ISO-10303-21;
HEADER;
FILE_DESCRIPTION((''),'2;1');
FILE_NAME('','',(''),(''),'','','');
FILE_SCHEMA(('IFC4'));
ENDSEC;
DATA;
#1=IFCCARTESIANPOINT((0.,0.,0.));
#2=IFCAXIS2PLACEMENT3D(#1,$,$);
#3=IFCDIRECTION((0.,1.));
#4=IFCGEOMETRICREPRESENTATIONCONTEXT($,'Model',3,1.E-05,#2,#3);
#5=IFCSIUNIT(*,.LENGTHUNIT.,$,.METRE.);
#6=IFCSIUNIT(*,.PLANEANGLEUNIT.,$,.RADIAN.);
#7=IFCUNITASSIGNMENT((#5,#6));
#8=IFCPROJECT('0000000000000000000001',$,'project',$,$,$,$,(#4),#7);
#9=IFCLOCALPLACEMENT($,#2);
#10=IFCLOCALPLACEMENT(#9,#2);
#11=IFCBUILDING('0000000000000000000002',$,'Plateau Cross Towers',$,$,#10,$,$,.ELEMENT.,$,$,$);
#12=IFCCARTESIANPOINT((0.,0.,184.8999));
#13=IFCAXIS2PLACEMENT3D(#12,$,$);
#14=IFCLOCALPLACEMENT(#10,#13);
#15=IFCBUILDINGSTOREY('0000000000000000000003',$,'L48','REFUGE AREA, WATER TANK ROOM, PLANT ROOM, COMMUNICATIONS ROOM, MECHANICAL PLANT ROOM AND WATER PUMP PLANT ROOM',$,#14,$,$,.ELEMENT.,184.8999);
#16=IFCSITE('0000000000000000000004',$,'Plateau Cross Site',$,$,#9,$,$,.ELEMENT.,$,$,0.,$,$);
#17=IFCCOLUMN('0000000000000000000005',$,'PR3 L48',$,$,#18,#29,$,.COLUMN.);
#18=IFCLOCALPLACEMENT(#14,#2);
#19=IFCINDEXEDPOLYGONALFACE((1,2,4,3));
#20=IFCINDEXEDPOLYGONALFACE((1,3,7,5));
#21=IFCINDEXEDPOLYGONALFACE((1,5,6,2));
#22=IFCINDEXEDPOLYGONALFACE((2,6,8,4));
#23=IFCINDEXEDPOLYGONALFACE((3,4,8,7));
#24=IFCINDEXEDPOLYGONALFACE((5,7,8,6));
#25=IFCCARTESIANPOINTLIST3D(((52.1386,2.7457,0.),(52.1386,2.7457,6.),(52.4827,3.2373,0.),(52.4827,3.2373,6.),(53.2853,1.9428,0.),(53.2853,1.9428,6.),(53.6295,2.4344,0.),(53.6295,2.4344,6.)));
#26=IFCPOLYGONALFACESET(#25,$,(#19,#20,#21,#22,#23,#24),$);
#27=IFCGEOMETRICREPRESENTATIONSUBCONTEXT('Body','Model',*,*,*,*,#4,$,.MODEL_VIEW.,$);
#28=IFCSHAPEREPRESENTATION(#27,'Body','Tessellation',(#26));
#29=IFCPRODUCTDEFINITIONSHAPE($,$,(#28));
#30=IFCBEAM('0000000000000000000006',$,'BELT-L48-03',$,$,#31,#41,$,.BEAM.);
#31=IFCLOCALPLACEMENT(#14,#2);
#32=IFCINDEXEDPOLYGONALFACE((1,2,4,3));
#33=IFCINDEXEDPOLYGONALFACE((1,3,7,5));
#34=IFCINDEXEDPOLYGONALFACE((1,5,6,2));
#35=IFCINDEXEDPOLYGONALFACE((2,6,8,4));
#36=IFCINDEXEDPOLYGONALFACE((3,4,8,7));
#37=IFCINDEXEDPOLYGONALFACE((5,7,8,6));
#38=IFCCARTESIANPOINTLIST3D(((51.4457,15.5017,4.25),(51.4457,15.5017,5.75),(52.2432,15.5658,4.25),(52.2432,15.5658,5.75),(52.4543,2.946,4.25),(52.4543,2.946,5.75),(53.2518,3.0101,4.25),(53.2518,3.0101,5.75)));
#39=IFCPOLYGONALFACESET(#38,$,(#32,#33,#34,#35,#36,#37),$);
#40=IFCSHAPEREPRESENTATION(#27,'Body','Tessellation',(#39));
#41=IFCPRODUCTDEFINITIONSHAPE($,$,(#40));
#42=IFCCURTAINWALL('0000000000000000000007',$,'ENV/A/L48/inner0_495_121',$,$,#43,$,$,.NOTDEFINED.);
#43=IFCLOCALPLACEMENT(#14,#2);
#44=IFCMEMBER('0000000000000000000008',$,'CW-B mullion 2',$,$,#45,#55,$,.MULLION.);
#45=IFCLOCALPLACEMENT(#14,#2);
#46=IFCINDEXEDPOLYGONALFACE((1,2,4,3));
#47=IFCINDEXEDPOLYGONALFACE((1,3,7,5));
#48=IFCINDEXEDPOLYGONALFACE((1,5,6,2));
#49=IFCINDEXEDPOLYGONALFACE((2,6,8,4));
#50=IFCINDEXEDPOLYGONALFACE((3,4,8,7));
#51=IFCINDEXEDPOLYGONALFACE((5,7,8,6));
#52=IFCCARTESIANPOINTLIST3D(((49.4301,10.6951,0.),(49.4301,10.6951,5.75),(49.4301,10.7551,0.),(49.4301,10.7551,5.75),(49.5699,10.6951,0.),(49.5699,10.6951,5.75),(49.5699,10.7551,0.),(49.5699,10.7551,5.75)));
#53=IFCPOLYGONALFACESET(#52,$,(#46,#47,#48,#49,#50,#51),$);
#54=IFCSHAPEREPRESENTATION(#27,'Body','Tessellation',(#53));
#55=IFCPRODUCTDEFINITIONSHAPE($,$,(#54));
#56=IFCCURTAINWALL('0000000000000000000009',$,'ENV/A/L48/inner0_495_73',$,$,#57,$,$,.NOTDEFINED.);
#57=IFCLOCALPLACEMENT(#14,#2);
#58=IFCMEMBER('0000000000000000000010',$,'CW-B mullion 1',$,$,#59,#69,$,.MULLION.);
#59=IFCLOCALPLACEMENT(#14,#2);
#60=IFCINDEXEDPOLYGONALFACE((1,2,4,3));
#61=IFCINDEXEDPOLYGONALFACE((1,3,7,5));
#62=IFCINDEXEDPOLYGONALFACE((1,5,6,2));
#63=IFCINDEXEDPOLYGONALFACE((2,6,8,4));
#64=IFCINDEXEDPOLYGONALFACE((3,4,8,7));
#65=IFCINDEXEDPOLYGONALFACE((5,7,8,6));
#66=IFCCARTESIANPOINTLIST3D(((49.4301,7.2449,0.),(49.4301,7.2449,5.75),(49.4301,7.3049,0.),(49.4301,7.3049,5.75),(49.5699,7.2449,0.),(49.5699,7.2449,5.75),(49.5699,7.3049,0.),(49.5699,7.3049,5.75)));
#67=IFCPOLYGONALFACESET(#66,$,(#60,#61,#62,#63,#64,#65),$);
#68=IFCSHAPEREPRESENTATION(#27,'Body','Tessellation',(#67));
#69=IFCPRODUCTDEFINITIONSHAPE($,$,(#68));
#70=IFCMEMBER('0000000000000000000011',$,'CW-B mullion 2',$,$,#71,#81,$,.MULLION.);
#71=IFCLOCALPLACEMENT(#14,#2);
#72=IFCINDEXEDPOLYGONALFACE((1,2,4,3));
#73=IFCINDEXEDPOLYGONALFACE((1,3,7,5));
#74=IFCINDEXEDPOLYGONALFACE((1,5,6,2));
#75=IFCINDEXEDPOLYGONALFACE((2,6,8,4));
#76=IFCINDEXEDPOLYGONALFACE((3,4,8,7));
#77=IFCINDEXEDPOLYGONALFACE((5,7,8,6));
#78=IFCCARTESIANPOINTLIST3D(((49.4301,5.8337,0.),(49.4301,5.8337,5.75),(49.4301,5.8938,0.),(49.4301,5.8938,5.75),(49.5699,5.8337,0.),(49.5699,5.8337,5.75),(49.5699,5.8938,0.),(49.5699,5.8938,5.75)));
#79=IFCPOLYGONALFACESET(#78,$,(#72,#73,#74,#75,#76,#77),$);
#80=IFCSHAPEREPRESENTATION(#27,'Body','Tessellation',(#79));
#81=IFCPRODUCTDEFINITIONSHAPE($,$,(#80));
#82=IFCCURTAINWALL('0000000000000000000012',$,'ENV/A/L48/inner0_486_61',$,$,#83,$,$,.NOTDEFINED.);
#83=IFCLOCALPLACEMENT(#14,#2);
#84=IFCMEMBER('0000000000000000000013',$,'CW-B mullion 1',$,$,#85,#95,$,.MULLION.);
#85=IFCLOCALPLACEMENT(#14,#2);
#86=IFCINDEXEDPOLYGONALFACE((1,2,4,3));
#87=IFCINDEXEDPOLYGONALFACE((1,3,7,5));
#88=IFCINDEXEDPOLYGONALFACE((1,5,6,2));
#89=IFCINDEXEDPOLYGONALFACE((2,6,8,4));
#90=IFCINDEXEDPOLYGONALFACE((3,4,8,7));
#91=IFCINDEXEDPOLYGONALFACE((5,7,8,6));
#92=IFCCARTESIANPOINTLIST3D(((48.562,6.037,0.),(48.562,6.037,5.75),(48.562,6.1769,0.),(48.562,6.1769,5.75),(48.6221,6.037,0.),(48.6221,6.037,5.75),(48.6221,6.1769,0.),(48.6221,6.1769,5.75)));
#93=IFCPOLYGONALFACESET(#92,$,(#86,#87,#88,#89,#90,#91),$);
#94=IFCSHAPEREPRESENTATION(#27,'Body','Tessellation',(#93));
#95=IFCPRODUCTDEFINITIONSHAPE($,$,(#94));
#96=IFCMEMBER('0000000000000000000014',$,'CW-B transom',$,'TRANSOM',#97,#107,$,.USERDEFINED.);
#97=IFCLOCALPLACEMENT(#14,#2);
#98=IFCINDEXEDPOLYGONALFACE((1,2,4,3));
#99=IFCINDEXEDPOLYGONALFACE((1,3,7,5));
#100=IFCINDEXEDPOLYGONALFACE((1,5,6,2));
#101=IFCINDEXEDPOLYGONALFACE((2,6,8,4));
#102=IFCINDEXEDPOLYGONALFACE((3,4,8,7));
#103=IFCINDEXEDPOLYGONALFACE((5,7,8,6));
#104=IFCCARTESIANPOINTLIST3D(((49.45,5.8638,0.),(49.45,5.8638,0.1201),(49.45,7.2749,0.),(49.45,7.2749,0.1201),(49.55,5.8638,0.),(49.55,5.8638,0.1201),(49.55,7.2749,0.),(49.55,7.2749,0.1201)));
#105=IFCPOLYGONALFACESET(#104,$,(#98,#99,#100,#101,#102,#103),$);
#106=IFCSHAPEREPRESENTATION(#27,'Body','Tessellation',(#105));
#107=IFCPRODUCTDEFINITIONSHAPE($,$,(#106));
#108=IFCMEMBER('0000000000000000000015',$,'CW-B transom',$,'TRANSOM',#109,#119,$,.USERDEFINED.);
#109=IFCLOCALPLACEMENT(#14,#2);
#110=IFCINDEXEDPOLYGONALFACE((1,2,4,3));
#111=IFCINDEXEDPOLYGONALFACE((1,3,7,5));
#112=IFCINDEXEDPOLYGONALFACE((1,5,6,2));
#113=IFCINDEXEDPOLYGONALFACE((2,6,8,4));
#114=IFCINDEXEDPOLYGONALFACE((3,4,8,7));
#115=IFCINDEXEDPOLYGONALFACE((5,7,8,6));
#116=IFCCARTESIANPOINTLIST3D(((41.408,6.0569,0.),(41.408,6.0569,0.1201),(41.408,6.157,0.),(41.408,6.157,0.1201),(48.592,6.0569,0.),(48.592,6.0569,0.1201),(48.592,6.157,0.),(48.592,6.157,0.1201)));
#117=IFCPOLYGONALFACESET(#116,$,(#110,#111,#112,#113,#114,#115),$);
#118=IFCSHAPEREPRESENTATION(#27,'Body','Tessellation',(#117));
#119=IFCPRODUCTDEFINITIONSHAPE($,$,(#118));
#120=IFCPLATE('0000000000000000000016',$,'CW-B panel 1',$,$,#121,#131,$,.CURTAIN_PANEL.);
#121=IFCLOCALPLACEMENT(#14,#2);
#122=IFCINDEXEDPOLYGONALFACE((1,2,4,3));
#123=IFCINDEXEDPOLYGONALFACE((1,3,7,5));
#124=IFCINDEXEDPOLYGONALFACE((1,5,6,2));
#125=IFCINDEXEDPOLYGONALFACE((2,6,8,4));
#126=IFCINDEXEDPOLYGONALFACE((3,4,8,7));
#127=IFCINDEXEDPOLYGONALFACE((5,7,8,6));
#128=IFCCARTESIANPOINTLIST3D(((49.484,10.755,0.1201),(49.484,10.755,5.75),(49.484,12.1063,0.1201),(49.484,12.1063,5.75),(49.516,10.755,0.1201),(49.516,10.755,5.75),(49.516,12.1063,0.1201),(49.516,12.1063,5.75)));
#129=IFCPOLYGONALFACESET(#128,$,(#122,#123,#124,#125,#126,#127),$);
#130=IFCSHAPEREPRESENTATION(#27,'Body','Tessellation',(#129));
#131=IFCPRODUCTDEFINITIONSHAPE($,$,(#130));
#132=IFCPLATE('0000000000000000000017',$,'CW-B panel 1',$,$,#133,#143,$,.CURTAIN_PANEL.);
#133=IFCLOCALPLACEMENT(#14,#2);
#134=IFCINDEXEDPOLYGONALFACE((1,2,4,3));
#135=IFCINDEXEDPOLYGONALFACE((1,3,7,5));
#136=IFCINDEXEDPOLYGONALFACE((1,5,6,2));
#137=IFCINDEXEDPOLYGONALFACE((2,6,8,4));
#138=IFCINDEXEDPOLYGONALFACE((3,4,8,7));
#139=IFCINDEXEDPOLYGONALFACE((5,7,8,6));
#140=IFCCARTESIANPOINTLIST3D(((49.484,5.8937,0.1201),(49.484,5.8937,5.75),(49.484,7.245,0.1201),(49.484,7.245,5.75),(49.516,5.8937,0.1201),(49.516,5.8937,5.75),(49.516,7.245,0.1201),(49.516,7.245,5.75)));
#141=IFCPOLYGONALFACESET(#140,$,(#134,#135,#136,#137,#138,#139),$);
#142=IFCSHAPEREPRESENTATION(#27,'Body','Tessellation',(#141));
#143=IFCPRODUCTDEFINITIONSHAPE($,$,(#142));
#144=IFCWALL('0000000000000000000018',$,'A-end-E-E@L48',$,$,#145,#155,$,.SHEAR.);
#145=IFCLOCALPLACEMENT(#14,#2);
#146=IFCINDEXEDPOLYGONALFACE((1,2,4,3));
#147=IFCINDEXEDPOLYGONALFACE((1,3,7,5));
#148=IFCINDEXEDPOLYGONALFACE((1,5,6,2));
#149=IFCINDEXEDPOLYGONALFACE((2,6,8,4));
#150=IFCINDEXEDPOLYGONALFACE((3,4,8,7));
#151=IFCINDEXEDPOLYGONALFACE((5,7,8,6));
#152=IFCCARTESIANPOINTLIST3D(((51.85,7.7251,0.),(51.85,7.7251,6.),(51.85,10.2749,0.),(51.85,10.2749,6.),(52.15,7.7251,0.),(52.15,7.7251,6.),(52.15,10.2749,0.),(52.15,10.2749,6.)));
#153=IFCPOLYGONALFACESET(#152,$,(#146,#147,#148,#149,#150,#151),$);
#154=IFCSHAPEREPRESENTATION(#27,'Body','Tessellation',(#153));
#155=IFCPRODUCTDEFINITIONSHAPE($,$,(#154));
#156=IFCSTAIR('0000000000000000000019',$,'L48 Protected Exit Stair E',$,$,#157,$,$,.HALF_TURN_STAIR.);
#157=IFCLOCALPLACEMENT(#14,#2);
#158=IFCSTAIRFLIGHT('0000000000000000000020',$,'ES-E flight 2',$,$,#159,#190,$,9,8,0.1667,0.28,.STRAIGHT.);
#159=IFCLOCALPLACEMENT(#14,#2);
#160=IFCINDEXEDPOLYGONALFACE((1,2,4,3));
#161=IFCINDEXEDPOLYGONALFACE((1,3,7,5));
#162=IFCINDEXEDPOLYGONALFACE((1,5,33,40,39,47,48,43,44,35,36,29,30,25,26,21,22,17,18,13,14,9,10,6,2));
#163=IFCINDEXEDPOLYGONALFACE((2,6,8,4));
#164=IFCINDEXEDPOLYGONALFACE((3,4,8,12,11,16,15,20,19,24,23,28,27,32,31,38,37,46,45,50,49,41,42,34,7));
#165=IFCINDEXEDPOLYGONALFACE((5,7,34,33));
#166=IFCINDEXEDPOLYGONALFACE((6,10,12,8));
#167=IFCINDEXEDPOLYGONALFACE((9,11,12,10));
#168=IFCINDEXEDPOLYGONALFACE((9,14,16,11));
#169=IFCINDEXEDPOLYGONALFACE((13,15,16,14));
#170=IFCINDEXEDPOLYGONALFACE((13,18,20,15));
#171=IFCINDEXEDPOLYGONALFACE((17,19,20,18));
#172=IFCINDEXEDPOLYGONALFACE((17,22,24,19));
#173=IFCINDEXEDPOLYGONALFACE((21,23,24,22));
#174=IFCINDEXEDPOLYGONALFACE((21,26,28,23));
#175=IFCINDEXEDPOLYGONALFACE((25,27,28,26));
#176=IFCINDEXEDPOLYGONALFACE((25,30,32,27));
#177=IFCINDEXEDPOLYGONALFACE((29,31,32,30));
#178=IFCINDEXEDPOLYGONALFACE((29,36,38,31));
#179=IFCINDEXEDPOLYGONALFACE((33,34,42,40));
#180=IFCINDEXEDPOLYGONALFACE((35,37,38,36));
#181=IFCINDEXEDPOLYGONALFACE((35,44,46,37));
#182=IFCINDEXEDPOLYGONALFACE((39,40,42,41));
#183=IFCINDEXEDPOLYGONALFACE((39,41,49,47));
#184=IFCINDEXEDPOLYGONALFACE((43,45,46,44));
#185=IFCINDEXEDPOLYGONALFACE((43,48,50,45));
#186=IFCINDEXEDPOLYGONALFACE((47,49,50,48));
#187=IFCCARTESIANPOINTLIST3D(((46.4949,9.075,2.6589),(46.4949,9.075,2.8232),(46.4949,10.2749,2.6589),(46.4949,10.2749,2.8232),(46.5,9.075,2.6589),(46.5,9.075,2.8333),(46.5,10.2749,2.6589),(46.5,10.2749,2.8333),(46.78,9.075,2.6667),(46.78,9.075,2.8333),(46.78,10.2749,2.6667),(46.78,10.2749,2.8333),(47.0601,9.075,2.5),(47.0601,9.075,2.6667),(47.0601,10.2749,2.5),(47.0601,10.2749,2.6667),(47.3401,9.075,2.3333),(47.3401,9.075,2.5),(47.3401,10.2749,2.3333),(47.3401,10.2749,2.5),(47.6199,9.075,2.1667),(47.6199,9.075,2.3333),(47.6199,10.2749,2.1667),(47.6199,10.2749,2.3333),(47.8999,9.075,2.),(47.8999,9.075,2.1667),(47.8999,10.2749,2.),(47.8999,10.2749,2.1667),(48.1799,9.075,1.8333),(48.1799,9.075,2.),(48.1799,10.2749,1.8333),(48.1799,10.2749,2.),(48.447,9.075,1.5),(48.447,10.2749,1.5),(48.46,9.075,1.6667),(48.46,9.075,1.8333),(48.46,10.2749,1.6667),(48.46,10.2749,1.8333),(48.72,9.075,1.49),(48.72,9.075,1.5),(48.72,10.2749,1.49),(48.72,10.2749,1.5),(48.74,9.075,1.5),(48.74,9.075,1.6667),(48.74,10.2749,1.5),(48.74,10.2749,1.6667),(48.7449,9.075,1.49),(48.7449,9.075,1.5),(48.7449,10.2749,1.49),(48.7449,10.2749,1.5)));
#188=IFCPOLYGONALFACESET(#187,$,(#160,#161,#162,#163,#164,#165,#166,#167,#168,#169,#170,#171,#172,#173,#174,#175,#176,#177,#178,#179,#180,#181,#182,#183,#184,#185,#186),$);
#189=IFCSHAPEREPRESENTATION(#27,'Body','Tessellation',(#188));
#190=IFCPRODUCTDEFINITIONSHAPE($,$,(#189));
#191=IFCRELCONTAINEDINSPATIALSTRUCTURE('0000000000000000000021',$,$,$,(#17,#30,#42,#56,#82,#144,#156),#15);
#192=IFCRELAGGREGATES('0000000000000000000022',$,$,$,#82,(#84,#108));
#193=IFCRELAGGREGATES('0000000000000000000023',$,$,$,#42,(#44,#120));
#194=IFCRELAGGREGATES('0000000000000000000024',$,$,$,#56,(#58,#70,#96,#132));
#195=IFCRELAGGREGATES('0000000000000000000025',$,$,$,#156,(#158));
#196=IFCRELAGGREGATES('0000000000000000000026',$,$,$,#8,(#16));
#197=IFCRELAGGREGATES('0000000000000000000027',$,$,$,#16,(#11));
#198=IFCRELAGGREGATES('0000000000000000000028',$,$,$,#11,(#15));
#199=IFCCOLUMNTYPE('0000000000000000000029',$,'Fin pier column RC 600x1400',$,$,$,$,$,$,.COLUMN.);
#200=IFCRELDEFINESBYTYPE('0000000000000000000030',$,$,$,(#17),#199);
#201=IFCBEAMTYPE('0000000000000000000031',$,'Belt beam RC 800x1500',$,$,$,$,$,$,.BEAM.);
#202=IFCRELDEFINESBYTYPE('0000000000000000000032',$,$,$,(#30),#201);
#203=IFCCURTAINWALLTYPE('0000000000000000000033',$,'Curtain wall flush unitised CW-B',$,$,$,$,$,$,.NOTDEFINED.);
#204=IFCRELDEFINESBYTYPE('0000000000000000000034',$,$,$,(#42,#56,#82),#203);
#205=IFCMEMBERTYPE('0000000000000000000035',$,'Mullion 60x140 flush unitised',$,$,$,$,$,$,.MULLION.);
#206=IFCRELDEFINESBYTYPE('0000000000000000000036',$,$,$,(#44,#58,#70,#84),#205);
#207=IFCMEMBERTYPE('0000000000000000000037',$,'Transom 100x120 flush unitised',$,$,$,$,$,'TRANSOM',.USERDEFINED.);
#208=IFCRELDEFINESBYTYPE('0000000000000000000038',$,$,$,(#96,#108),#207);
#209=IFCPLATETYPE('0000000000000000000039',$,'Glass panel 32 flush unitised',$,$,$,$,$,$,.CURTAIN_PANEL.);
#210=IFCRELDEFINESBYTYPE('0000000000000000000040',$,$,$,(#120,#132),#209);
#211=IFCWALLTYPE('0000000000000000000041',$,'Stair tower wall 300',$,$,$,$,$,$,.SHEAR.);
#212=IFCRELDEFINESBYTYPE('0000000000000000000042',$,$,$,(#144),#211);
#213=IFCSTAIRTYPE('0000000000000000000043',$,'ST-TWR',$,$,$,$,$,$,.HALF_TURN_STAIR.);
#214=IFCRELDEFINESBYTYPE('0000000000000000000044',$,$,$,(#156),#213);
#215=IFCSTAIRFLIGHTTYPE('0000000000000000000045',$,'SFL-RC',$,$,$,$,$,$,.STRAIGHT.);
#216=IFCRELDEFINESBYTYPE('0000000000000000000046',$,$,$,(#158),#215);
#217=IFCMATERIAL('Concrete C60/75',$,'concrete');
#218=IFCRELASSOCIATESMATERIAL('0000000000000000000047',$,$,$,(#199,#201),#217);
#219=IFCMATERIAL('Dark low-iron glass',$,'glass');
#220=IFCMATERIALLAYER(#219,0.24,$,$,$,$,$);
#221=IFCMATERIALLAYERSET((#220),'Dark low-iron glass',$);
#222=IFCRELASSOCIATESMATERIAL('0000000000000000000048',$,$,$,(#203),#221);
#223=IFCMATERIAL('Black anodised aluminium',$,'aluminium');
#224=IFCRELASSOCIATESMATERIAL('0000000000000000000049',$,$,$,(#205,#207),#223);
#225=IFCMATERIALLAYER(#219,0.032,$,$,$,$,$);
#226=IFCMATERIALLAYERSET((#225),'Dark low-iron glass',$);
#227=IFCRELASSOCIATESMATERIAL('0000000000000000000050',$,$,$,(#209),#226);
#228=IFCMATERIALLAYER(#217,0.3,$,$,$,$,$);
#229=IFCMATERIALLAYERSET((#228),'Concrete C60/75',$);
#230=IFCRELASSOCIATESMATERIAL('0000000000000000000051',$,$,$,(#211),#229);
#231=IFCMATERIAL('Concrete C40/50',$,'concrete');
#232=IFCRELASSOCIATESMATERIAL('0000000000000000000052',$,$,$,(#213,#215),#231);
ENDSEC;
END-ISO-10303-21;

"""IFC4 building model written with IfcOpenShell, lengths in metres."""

from ifc_helpers import new_model, si_unit, direction, frame, frame_2d, origin, origin_2d, place, context, subcontext, project, spatial, polyline, rectangle, outline, extrude, material, layer, layer_set, material_profile, profile_set, type_object, element, aggregate, save


model = new_model("IFC4")

# Units and contexts
model_context = context("Model", 3, precision=1e-05, world=origin(), true_north=direction((0.0, 1.0)))
body_context = subcontext(model_context, "Body", "Model", "MODEL_VIEW")
ifc_project = project(units=[si_unit("LENGTHUNIT", "METRE"), si_unit("PLANEANGLEUNIT", "RADIAN")], contexts=[model_context])

# Site, building, storey
site_placement = place(None, origin())
site = spatial("IfcSite", under=ifc_project, at=site_placement, Name="Plateau Cross Site", CompositionType="ELEMENT", RefElevation=0.0)
building_placement = place(site_placement, origin())
building = spatial("IfcBuilding", under=site, at=building_placement, Name="Plateau Cross Towers", CompositionType="ELEMENT")
storey_placement = place(building_placement, frame((0.0, 0.0, 184.8999)))
storey = spatial("IfcBuildingStorey", under=building, at=storey_placement, Name="L48", Description="REFUGE AREA, WATER TANK ROOM, PLANT ROOM, COMMUNICATIONS ROOM, MECHANICAL PLANT ROOM AND WATER PUMP PLANT ROOM", CompositionType="ELEMENT", Elevation=184.8999)

# Column
ifc_material_1 = material(Name="Concrete C60/75", Category="concrete")
ifc_material_profile_1 = material_profile(ifc_material_1, rectangle(XDim=0.6001, YDim=1.3999, at=origin_2d()), Name="RC 600x1400")
ifc_profile_set_1 = profile_set([ifc_material_profile_1], Name="Concrete C60/75")
column_type = type_object("IfcColumnType", Name="Fin pier column RC 600x1400", PredefinedType="COLUMN", material=ifc_profile_set_1)
column_placement = place(storey_placement, frame((52.884, 2.5901, 0.0), z_axis=(0.0, 0.0, 1.0), x_axis=(0.573543, 0.819176, 0.0)))
element("IfcColumn", 1, at=column_placement, inside=storey, type_object=column_type, Name="PR3 L48", PredefinedType="COLUMN", context=body_context, shape_type="SweptSolid", body=[
    extrude(rectangle(XDim=0.6001, YDim=1.3999, at=origin_2d()), origin(), (0.0, 0.0, 1.0), 6.0),
])

# Beam
ifc_material_profile_2 = material_profile(ifc_material_1, rectangle(XDim=0.8, YDim=1.5, at=origin_2d()), Name="RC 800x1500")
ifc_profile_set_2 = profile_set([ifc_material_profile_2], Name="Concrete C60/75")
beam_type = type_object("IfcBeamType", Name="Belt beam RC 800x1500", PredefinedType="BEAM", material=ifc_profile_set_2)
beam_placement = place(storey_placement, frame((52.853, 2.978, 5.0), z_axis=(-0.080068, 0.996789, 0.0), x_axis=(-0.996789, -0.080068, 0.0)))
element("IfcBeam", 2, at=beam_placement, inside=storey, type_object=beam_type, Name="BELT-L48-03", PredefinedType="BEAM", context=body_context, shape_type="SweptSolid", body=[
    extrude(rectangle(XDim=0.8, YDim=1.5, at=origin_2d()), origin(), (0.0, 0.0, 1.0), 12.5962),
])

# Curtain wall, member
ifc_material_2 = material(Name="Dark low-iron glass", Category="glass")
ifc_layer_1 = layer(ifc_material_2, 0.24)
ifc_layer_set_1 = layer_set([ifc_layer_1], Name="Dark low-iron glass")
curtain_wall_type = type_object("IfcCurtainWallType", Name="Curtain wall flush unitised CW-B", PredefinedType="NOTDEFINED", material=ifc_layer_set_1)
curtain_wall_1_placement = place(storey_placement, origin())
curtain_wall_1 = element("IfcCurtainWall", 3, at=curtain_wall_1_placement, inside=storey, type_object=curtain_wall_type, Name="ENV/A/L48/inner0_495_121", PredefinedType="NOTDEFINED")
ifc_material_3 = material(Name="Black anodised aluminium", Category="aluminium")
ifc_material_profile_3 = material_profile(ifc_material_3, rectangle(XDim=0.0601, YDim=0.1399, at=origin_2d()), Name="MULLION 60x140")
ifc_profile_set_3 = profile_set([ifc_material_profile_3], Name="Black anodised aluminium")
member_type_1 = type_object("IfcMemberType", Name="Mullion 60x140 flush unitised", PredefinedType="MULLION", material=ifc_profile_set_3)
member_1_placement = place(storey_placement, frame((49.5, 10.7251, 0.0), z_axis=(0.0, 0.0, 1.0), x_axis=(0.0, -1.0, 0.0)))
member_1 = element("IfcMember", 4, at=member_1_placement, type_object=member_type_1, Name="CW-B mullion 2", PredefinedType="MULLION", context=body_context, shape_type="SweptSolid", body=[
    extrude(rectangle(XDim=0.0601, YDim=0.1399, at=origin_2d()), origin(), (0.0, 0.0, 1.0), 5.75),
])

# Curtain wall, members
curtain_wall_2_placement = place(storey_placement, origin())
curtain_wall_2 = element("IfcCurtainWall", 5, at=curtain_wall_2_placement, inside=storey, type_object=curtain_wall_type, Name="ENV/A/L48/inner0_495_73", PredefinedType="NOTDEFINED")
member_2_placement = place(storey_placement, frame((49.5, 7.2749, 0.0), z_axis=(0.0, 0.0, 1.0), x_axis=(0.0, -1.0, 0.0)))
member_2 = element("IfcMember", 6, at=member_2_placement, type_object=member_type_1, Name="CW-B mullion 1", PredefinedType="MULLION", context=body_context, shape_type="SweptSolid", body=[
    extrude(rectangle(XDim=0.0601, YDim=0.1399, at=origin_2d()), origin(), (0.0, 0.0, 1.0), 5.75),
])
member_3_placement = place(storey_placement, frame((49.5, 5.8638, 0.0), z_axis=(0.0, 0.0, 1.0), x_axis=(0.0, -1.0, 0.0)))
member_3 = element("IfcMember", 7, at=member_3_placement, type_object=member_type_1, Name="CW-B mullion 2", PredefinedType="MULLION", context=body_context, shape_type="SweptSolid", body=[
    extrude(rectangle(XDim=0.0601, YDim=0.1399, at=origin_2d()), origin(), (0.0, 0.0, 1.0), 5.75),
])

# Curtain wall, member
curtain_wall_3_placement = place(storey_placement, origin())
curtain_wall_3 = element("IfcCurtainWall", 8, at=curtain_wall_3_placement, inside=storey, type_object=curtain_wall_type, Name="ENV/A/L48/inner0_486_61", PredefinedType="NOTDEFINED")
member_4_placement = place(storey_placement, frame((48.592, 6.1069, 0.0), z_axis=(0.0, 0.0, 1.0), x_axis=(-1.0, 0.0, 0.0)))
member_4 = element("IfcMember", 9, at=member_4_placement, type_object=member_type_1, Name="CW-B mullion 1", PredefinedType="MULLION", context=body_context, shape_type="SweptSolid", body=[
    extrude(rectangle(XDim=0.0601, YDim=0.1399, at=origin_2d()), origin(), (0.0, 0.0, 1.0), 5.75),
])

# Members
ifc_material_profile_4 = material_profile(ifc_material_3, rectangle(XDim=0.1001, YDim=0.1201, at=origin_2d()), Name="TRANSOM 100x120")
ifc_profile_set_4 = profile_set([ifc_material_profile_4], Name="Black anodised aluminium")
member_type_2 = type_object("IfcMemberType", Name="Transom 100x120 flush unitised", ElementType="TRANSOM", PredefinedType="USERDEFINED", material=ifc_profile_set_4)
member_5_placement = place(storey_placement, frame((49.5, 7.2749, 0.0601), z_axis=(0.0, -1.0, 0.0), x_axis=(1.0, 0.0, 0.0)))
member_5 = element("IfcMember", 10, at=member_5_placement, type_object=member_type_2, Name="CW-B transom", ObjectType="TRANSOM", PredefinedType="USERDEFINED", context=body_context, shape_type="SweptSolid", body=[
    extrude(rectangle(XDim=0.1001, YDim=0.1201, at=origin_2d()), origin(), (0.0, 0.0, 1.0), 1.4111),
])
member_6_placement = place(storey_placement, frame((48.592, 6.1069, 0.0601), z_axis=(-1.0, 0.0, 0.0), x_axis=(0.0, -1.0, 0.0)))
member_6 = element("IfcMember", 11, at=member_6_placement, type_object=member_type_2, Name="CW-B transom", ObjectType="TRANSOM", PredefinedType="USERDEFINED", context=body_context, shape_type="SweptSolid", body=[
    extrude(rectangle(XDim=0.1001, YDim=0.1201, at=origin_2d()), origin(), (0.0, 0.0, 1.0), 7.1841),
])
aggregate(curtain_wall_3, [member_4, member_6])

# Plates
ifc_layer_2 = layer(ifc_material_2, 0.032)
ifc_layer_set_2 = layer_set([ifc_layer_2], Name="Dark low-iron glass")
plate_type = type_object("IfcPlateType", Name="Glass panel 32 flush unitised", PredefinedType="CURTAIN_PANEL", material=ifc_layer_set_2)
plate_1_placement = place(storey_placement, frame((49.5, 11.4307, 0.1201), z_axis=(0.0, 0.0, 1.0), x_axis=(0.0, -1.0, 0.0)))
plate_1 = element("IfcPlate", 12, at=plate_1_placement, type_object=plate_type, Name="CW-B panel 1", PredefinedType="CURTAIN_PANEL", context=body_context, shape_type="SweptSolid", body=[
    extrude(rectangle(XDim=1.3513, YDim=0.032, at=origin_2d()), origin(), (0.0, 0.0, 1.0), 5.6299),
])
aggregate(curtain_wall_1, [member_1, plate_1])
plate_2_placement = place(storey_placement, frame((49.5, 6.5693, 0.1201), z_axis=(0.0, 0.0, 1.0), x_axis=(0.0, -1.0, 0.0)))
plate_2 = element("IfcPlate", 13, at=plate_2_placement, type_object=plate_type, Name="CW-B panel 1", PredefinedType="CURTAIN_PANEL", context=body_context, shape_type="SweptSolid", body=[
    extrude(rectangle(XDim=1.3513, YDim=0.032, at=origin_2d()), origin(), (0.0, 0.0, 1.0), 5.6299),
])
aggregate(curtain_wall_2, [member_2, member_3, member_5, plate_2])

# Wall
ifc_layer_3 = layer(ifc_material_1, 0.3)
ifc_layer_set_3 = layer_set([ifc_layer_3], Name="Concrete C60/75")
wall_type = type_object("IfcWallType", Name="Stair tower wall 300", PredefinedType="SHEAR", material=ifc_layer_set_3)
wall_placement = place(storey_placement, frame((52.0, 7.7251, 0.0), z_axis=(0.0, 0.0, 1.0), x_axis=(0.0, 1.0, 0.0)))
element("IfcWall", 14, at=wall_placement, inside=storey, type_object=wall_type, Name="A-end-E-E@L48", PredefinedType="SHEAR", context=body_context, shape_type="SweptSolid", body=[
    extrude(rectangle(XDim=2.5498, YDim=0.3, at=frame_2d((1.2749, 0.0))), origin(), (0.0, 0.0, 1.0), 6.0),
])

# Stair, stair flight
ifc_material_4 = material(Name="Concrete C40/50", Category="concrete")
stair_type = type_object("IfcStairType", Name="ST-TWR", PredefinedType="HALF_TURN_STAIR", material=ifc_material_4)
stair_placement = place(storey_placement, origin())
stair = element("IfcStair", 15, at=stair_placement, inside=storey, type_object=stair_type, Name="L48 Protected Exit Stair E", PredefinedType="HALF_TURN_STAIR")
stair_flight_type = type_object("IfcStairFlightType", Name="SFL-RC", PredefinedType="STRAIGHT", material=ifc_material_4)
stair_flight_1_placement = place(storey_placement, frame((48.74, 9.675, 1.5), z_axis=(0.0, 0.0, 1.0), x_axis=(-1.0, 0.0, 0.0)))
stair_flight_1 = element("IfcStairFlight", 16, at=stair_flight_1_placement, type_object=stair_flight_type, Name="ES-E flight 2", NumberOfRisers=9, NumberOfTreads=8, PredefinedType="STRAIGHT", RiserHeight=0.1667, TreadLength=0.28, context=body_context, shape_type="SweptSolid", body=[
    extrude(outline(polyline([(-0.0049, -0.01), (-0.0049, 0.0), (0.0, 0.0), (0.0, 0.1667), (0.28, 0.1667), (0.28, 0.3333), (0.5601, 0.3333), (0.5601, 0.5), (0.8401, 0.5), (0.8401, 0.6667), (1.1201, 0.6667), (1.1201, 0.8333), (1.3999, 0.8333), (1.3999, 1.0), (1.6799, 1.0), (1.6799, 1.1667), (1.96, 1.1667), (1.96, 1.3333), (2.24, 1.3333), (2.2451, 1.3232), (2.2451, 1.1589), (2.24, 1.1589), (0.293, 0.0), (0.02, 0.0), (0.02, -0.01), (-0.0049, -0.01)])), frame((0.0, 0.6001, 0.0), z_axis=(0.0, -1.0, 0.0), x_axis=(1.0, 0.0, 0.0)), (0.0, 0.0, 1.0), 1.2),
])
aggregate(stair, [stair_flight_1])

save(model, "model.ifc")
